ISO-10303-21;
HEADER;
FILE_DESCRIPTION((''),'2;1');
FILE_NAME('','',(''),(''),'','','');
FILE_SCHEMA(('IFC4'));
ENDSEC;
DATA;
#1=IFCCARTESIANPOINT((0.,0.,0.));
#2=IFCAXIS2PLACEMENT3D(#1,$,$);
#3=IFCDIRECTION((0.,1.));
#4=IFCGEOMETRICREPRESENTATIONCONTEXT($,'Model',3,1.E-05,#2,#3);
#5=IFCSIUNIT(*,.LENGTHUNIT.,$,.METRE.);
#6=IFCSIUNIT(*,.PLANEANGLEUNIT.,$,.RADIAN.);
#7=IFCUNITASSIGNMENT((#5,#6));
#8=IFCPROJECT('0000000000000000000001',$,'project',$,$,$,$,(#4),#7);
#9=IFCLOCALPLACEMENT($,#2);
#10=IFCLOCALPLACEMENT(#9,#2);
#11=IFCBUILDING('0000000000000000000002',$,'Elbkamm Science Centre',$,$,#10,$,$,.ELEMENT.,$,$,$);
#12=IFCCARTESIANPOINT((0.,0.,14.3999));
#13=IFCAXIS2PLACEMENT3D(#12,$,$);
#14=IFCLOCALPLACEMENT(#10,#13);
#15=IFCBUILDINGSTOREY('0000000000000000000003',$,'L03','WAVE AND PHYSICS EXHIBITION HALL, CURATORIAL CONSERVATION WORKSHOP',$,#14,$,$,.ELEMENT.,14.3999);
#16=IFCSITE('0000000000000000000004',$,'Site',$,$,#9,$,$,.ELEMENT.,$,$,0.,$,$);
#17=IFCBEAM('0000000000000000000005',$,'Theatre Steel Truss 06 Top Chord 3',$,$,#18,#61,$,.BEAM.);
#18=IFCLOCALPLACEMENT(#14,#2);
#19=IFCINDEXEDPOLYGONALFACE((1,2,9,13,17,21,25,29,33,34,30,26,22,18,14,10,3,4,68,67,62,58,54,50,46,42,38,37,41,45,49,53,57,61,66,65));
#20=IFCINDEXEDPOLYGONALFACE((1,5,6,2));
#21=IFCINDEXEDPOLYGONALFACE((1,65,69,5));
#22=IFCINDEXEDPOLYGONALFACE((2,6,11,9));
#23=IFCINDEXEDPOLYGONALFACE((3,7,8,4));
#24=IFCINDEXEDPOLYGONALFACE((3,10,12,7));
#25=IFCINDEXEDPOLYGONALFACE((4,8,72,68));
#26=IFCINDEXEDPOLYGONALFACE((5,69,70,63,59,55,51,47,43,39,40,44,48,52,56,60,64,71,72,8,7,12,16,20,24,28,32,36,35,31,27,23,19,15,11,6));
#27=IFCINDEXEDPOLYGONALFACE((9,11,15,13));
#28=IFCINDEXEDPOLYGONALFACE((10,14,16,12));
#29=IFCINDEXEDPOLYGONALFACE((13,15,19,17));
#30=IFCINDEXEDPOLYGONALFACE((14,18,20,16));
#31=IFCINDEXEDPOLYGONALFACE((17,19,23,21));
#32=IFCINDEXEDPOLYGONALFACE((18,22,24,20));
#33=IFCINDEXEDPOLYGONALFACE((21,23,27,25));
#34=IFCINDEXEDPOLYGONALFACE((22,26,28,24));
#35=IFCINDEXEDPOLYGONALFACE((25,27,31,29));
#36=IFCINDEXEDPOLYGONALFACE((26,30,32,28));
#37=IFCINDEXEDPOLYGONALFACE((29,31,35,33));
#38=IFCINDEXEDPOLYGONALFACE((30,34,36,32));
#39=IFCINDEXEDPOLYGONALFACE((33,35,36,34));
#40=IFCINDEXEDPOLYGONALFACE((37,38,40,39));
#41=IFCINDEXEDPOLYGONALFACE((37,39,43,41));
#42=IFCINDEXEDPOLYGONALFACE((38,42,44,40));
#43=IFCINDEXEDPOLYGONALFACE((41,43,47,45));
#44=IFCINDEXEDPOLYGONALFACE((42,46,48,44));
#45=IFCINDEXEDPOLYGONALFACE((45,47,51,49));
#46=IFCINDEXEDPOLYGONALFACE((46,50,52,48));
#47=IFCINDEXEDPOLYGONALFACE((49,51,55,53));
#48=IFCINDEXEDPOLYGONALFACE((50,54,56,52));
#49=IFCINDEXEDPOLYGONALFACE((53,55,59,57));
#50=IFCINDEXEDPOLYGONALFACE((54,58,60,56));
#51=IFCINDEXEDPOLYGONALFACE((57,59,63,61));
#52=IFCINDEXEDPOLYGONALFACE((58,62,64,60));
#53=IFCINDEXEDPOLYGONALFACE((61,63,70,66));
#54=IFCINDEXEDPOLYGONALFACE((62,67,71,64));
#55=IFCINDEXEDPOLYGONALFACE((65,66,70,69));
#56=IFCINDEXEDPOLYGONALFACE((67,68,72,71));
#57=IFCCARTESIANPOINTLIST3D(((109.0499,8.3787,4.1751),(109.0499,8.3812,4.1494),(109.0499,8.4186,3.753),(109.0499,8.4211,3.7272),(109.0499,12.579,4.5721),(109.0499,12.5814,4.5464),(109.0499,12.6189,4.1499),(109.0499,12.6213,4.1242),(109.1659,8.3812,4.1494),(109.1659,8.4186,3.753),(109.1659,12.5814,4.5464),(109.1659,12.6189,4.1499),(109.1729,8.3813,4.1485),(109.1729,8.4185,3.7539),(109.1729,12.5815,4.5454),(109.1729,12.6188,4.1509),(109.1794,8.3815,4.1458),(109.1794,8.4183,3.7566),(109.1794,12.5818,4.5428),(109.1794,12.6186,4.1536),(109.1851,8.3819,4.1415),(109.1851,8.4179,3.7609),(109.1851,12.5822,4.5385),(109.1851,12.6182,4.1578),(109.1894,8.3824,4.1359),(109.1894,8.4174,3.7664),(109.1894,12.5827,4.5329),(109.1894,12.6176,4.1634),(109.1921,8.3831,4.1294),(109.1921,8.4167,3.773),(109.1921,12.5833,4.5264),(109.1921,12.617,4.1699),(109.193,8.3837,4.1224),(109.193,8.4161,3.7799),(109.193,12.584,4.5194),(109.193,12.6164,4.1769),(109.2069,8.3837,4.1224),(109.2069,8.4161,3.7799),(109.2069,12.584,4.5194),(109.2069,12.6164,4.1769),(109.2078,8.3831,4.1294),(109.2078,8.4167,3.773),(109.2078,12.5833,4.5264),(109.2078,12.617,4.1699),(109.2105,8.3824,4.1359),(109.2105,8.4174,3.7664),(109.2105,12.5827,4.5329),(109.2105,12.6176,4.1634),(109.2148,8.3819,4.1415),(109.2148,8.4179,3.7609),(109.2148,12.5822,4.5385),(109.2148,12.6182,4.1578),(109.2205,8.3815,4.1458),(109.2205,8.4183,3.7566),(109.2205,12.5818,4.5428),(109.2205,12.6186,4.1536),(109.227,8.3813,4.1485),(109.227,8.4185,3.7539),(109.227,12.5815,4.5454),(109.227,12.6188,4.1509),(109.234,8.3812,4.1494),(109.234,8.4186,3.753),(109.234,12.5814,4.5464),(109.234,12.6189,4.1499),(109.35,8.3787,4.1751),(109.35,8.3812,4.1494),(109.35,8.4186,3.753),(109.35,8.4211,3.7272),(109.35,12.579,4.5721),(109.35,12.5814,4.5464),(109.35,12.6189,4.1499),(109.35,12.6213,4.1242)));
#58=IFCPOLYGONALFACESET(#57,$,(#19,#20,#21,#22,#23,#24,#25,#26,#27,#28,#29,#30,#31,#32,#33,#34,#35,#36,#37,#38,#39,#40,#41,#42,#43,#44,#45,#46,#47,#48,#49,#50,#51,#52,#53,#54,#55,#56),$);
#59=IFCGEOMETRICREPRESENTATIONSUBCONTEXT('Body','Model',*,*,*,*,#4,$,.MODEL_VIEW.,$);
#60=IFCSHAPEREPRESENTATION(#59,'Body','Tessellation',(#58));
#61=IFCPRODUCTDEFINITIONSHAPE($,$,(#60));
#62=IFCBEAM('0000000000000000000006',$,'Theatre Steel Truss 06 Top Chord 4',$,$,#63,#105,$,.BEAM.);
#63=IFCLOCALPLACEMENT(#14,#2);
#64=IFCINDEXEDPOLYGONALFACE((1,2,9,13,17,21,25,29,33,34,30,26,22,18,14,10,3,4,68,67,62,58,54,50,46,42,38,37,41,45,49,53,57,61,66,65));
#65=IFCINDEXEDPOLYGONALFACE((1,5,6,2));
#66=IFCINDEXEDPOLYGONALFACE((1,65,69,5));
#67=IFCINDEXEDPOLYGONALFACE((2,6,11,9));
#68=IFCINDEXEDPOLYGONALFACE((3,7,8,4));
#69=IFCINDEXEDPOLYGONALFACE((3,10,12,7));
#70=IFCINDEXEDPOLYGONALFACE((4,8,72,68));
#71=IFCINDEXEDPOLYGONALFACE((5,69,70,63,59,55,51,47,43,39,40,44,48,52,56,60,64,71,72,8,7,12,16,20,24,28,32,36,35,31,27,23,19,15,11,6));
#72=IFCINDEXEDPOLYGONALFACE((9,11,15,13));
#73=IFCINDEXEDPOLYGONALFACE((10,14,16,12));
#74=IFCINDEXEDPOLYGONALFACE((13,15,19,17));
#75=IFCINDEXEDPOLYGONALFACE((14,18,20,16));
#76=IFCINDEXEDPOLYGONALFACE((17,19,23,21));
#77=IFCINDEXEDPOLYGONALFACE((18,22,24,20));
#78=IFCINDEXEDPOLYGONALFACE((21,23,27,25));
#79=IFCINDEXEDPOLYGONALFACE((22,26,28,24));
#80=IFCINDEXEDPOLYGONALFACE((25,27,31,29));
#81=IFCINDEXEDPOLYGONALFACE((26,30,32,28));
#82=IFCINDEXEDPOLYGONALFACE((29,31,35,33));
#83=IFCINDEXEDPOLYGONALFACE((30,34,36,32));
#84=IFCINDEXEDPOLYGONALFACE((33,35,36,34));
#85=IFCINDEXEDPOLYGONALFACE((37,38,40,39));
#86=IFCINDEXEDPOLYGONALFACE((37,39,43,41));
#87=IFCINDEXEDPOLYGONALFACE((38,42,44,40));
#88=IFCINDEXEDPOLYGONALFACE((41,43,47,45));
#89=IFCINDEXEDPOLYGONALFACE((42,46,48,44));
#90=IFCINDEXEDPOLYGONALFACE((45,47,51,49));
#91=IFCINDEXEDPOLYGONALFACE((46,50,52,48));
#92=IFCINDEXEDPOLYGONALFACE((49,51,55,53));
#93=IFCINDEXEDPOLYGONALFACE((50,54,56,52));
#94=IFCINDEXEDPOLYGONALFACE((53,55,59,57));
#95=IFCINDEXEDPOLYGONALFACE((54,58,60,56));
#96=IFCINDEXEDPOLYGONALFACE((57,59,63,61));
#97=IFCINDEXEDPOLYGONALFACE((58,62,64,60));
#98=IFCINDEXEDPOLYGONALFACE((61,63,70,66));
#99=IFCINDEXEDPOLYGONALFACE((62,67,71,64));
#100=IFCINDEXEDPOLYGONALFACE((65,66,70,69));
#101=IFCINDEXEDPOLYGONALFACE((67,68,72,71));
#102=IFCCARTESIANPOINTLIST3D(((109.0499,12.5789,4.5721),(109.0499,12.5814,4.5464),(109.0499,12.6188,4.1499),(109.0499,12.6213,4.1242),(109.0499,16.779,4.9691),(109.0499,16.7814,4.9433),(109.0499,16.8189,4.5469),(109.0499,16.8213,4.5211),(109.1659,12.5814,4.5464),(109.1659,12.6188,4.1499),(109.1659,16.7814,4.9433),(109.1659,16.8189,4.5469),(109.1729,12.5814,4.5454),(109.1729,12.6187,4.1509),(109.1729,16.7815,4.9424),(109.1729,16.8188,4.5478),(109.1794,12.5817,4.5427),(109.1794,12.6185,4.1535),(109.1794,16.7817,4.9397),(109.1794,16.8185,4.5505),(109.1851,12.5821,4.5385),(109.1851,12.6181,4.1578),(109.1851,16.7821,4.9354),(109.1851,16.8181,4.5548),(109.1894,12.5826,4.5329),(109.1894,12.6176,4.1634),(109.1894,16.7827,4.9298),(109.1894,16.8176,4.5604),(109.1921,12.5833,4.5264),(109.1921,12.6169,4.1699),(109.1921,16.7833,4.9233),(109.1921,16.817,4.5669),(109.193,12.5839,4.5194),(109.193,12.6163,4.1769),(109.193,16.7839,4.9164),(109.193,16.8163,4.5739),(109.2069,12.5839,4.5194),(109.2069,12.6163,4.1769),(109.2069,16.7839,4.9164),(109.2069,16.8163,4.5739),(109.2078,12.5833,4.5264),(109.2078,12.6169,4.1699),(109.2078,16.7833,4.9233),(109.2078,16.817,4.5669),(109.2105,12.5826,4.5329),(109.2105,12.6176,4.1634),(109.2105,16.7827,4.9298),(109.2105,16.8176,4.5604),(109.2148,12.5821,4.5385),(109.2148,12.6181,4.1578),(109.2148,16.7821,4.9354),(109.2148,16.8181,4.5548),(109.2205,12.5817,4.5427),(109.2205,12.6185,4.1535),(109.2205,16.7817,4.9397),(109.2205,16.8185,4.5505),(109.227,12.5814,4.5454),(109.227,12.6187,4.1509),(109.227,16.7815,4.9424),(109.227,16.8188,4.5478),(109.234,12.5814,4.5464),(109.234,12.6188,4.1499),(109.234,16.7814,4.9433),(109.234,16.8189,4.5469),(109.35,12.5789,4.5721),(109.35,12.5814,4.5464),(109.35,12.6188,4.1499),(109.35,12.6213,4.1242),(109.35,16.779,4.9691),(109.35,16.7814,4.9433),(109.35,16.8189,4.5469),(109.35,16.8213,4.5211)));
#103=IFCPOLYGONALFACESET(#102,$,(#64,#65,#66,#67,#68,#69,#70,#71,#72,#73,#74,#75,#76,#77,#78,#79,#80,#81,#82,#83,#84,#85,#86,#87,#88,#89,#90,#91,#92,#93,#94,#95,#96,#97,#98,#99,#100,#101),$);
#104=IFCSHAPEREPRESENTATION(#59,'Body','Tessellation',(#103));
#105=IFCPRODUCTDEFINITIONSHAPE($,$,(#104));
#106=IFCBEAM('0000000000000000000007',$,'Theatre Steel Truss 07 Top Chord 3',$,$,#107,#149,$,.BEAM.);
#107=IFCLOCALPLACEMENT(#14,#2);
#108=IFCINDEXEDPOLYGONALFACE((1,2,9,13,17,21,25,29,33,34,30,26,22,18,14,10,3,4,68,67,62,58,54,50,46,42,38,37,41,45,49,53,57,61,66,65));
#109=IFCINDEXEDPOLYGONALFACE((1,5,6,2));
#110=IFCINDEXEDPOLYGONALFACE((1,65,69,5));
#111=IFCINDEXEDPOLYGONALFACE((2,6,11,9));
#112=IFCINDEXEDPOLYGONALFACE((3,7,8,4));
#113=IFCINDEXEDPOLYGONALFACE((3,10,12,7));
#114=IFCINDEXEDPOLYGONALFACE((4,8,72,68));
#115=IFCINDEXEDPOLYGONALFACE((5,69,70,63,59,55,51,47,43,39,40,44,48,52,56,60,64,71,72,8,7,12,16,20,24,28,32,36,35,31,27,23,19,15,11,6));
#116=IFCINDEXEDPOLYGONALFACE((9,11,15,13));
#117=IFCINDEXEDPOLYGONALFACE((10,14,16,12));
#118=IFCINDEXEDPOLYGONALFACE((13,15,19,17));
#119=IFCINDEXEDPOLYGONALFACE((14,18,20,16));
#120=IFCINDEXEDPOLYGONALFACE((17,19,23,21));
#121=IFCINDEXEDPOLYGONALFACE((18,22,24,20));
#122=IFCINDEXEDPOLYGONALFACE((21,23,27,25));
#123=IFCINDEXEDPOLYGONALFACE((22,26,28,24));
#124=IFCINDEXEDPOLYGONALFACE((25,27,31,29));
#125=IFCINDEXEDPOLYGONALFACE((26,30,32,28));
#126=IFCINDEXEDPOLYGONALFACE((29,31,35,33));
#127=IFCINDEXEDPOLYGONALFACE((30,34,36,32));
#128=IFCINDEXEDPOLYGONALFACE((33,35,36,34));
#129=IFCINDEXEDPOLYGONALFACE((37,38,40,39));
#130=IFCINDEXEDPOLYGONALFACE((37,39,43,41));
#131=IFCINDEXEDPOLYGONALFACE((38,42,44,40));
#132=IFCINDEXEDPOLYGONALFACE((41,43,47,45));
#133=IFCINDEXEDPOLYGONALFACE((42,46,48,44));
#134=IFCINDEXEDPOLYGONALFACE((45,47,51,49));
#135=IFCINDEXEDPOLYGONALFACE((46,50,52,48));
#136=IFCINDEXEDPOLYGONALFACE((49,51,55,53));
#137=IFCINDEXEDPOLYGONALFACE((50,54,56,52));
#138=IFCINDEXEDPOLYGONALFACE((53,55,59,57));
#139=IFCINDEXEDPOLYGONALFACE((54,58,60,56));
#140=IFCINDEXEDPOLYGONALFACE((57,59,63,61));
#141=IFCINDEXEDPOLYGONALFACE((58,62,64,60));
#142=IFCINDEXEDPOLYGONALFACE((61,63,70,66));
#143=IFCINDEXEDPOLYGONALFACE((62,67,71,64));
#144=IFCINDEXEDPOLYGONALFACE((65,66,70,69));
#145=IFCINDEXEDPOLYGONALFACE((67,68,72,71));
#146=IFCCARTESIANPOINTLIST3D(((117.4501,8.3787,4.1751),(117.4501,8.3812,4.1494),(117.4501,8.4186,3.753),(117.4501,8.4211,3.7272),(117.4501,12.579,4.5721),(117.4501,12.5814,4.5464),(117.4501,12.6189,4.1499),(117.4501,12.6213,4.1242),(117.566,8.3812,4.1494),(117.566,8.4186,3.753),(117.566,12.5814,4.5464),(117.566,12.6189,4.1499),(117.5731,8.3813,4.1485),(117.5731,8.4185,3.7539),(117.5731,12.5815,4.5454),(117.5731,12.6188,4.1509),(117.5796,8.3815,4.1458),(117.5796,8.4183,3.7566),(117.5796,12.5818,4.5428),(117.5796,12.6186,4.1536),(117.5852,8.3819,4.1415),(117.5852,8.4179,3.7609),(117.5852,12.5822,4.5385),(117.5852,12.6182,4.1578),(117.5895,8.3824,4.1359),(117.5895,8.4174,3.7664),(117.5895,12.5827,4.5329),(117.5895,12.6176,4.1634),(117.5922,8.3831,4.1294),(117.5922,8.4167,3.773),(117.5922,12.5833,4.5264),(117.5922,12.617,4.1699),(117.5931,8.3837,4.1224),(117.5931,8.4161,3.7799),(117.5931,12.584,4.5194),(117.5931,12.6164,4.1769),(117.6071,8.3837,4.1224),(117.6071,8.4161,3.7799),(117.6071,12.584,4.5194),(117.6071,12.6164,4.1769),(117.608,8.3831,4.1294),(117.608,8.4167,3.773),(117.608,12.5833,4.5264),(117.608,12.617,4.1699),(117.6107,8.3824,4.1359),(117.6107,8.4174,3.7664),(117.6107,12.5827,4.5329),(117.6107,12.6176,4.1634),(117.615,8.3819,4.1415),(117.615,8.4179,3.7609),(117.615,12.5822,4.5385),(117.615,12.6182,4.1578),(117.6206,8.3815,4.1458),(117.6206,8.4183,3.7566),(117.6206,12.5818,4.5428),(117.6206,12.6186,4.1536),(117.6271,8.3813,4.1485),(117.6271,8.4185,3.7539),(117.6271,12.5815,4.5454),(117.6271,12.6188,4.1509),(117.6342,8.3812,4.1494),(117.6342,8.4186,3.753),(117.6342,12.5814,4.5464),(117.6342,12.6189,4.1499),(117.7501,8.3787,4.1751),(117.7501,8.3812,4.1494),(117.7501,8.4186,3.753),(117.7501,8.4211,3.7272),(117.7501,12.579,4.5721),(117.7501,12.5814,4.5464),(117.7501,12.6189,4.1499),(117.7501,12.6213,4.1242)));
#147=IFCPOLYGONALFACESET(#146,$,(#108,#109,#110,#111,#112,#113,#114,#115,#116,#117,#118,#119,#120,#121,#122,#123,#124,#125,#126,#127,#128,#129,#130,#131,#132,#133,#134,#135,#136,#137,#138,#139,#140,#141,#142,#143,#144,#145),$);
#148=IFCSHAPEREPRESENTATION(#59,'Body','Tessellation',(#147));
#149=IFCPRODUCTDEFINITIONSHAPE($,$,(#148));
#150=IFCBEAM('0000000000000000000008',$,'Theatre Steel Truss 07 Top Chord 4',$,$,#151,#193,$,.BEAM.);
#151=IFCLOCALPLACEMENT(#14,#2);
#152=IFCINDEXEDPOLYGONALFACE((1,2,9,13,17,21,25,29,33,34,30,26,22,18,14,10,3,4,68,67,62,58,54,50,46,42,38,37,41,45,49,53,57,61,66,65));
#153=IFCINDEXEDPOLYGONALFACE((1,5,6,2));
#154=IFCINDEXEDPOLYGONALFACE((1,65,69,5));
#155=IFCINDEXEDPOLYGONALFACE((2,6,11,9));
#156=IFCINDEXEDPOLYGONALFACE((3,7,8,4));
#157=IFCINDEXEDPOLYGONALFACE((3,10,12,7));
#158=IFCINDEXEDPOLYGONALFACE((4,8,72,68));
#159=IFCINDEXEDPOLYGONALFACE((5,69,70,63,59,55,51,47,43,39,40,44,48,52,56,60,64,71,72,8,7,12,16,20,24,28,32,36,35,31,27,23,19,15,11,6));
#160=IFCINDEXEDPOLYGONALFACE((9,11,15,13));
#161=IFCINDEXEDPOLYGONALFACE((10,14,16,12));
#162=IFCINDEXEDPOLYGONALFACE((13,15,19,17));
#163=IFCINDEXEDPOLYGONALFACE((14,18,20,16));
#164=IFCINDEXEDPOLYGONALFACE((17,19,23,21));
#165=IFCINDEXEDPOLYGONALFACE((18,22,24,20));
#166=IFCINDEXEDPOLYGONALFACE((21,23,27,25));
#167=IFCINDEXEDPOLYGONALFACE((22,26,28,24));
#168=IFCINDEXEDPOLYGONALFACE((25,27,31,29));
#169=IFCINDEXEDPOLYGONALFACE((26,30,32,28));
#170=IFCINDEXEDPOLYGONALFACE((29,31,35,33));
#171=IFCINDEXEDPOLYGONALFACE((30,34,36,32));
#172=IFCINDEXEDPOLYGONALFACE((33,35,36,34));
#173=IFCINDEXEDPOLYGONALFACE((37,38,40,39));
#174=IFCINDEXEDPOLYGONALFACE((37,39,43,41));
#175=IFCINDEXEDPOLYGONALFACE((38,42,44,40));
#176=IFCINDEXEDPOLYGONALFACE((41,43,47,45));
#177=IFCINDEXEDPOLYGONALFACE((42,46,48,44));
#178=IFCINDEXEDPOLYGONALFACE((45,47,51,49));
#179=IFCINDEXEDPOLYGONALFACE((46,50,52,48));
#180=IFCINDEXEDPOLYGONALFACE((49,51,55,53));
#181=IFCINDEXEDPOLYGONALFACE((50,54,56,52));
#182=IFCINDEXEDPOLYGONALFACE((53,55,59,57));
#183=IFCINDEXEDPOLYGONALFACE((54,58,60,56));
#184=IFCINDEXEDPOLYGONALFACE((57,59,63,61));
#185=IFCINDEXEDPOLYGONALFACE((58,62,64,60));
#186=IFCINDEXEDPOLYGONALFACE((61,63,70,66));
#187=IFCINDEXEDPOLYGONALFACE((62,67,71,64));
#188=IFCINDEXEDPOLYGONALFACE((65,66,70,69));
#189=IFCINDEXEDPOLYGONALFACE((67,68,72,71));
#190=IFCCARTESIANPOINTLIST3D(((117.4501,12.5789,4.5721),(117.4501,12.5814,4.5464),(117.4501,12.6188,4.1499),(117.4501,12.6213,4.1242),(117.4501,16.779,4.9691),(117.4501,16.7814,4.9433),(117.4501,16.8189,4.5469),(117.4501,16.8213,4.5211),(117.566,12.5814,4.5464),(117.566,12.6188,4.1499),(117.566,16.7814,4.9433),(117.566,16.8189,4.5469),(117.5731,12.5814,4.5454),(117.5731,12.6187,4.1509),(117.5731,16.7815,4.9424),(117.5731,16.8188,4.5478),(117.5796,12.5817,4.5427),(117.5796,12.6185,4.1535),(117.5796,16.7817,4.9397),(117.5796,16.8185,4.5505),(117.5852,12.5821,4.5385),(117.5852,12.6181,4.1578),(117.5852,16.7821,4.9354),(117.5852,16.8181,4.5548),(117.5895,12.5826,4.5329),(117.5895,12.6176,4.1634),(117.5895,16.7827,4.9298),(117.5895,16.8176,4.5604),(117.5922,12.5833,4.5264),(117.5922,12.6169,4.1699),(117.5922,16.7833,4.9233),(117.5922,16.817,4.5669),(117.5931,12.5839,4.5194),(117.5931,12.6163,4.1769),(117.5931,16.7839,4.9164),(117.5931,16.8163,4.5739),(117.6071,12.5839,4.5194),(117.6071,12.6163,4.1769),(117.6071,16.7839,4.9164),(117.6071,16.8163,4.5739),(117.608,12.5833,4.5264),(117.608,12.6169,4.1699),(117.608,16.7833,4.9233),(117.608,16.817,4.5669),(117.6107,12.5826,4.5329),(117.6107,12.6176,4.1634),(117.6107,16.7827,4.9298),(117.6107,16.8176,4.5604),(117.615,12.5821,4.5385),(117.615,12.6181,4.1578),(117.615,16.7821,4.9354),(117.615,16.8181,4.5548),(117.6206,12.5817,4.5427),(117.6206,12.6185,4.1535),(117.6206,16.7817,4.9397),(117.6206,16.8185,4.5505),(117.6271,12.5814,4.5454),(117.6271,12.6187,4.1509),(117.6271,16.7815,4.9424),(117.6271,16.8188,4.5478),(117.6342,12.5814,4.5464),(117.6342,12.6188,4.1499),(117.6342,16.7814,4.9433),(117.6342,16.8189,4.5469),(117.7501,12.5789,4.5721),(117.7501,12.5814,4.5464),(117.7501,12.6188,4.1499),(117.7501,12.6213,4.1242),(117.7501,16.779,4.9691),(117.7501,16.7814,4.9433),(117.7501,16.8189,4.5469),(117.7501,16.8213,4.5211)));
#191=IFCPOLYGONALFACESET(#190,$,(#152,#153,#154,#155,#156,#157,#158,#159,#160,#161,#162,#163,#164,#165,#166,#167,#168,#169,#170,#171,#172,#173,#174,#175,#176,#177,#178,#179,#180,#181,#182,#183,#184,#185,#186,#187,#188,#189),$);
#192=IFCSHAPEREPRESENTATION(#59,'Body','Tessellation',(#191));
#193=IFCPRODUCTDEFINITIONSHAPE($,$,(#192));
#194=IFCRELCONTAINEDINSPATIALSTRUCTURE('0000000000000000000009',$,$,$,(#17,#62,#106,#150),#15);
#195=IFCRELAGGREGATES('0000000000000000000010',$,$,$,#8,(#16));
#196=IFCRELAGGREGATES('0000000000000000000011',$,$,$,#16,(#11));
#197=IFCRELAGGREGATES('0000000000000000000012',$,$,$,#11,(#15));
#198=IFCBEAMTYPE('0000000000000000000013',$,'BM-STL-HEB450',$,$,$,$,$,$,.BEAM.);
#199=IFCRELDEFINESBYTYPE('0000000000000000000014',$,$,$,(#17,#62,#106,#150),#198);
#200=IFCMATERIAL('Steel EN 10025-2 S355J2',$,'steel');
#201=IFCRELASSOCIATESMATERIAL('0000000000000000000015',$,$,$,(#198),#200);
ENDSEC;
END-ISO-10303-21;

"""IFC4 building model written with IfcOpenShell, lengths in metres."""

from ifc_helpers import new_model, si_unit, direction, frame, origin, origin_2d, place, context, subcontext, project, spatial, i_section, extrude, material, material_profile, profile_set, type_object, element, save


model = new_model("IFC4")

# Units and contexts
model_context = context("Model", 3, precision=1e-05, world=origin(), true_north=direction((0.0, 1.0)))
body_context = subcontext(model_context, "Body", "Model", "MODEL_VIEW")
ifc_project = project(units=[si_unit("LENGTHUNIT", "METRE"), si_unit("PLANEANGLEUNIT", "RADIAN")], contexts=[model_context])

# Site, building, storey
site_placement = place(None, origin())
site = spatial("IfcSite", under=ifc_project, at=site_placement, Name="Site", CompositionType="ELEMENT", RefElevation=0.0)
building_placement = place(site_placement, origin())
building = spatial("IfcBuilding", under=site, at=building_placement, Name="Elbkamm Science Centre", CompositionType="ELEMENT")
storey_placement = place(building_placement, frame((0.0, 0.0, 14.3999)))
storey = spatial("IfcBuildingStorey", under=building, at=storey_placement, Name="L03", Description="WAVE AND PHYSICS EXHIBITION HALL, CURATORIAL CONSERVATION WORKSHOP", CompositionType="ELEMENT", Elevation=14.3999)

# Beams
ifc_material = material(Name="Steel EN 10025-2 S355J2", Category="steel")
ifc_material_profile_1 = material_profile(ifc_material, i_section(OverallWidth=0.3, OverallDepth=0.45, WebThickness=0.0139, FlangeThickness=0.0259, FilletRadius=0.0271, at=origin_2d()), Name="HEB 450")
ifc_profile_set_1 = profile_set([ifc_material_profile_1], Name="Steel EN 10025-2 S355J2")
beam_type = type_object("IfcBeamType", Name="BM-STL-HEB450", PredefinedType="BEAM", material=ifc_profile_set_1)
beam_1_placement = place(storey_placement, frame((109.2, 8.3999, 3.9512), z_axis=(0.0, 0.995563, 0.094094), x_axis=(-1.0, 0.0, 0.0)))
element("IfcBeam", 1, at=beam_1_placement, inside=storey, type_object=beam_type, Name="Theatre Steel Truss 06 Top Chord 3", PredefinedType="BEAM", context=body_context, shape_type="SweptSolid", body=[
    extrude(i_section(OverallWidth=0.3, OverallDepth=0.45, WebThickness=0.0139, FlangeThickness=0.0259, FilletRadius=0.0271, at=origin_2d()), origin(), (0.0, 0.0, 1.0), 4.219),
])
beam_2_placement = place(storey_placement, frame((109.2, 12.6001, 4.3481), z_axis=(0.0, 0.995563, 0.094099), x_axis=(-1.0, 0.0, 0.0)))
element("IfcBeam", 2, at=beam_2_placement, inside=storey, type_object=beam_type, Name="Theatre Steel Truss 06 Top Chord 4", PredefinedType="BEAM", context=body_context, shape_type="SweptSolid", body=[
    extrude(i_section(OverallWidth=0.3, OverallDepth=0.45, WebThickness=0.0139, FlangeThickness=0.0259, FilletRadius=0.0271, at=origin_2d()), origin(), (0.0, 0.0, 1.0), 4.2188),
])
beam_3_placement = place(storey_placement, frame((117.6001, 8.3999, 3.9512), z_axis=(0.0, 0.995563, 0.094094), x_axis=(-1.0, 0.0, 0.0)))
element("IfcBeam", 3, at=beam_3_placement, inside=storey, type_object=beam_type, Name="Theatre Steel Truss 07 Top Chord 3", PredefinedType="BEAM", context=body_context, shape_type="SweptSolid", body=[
    extrude(i_section(OverallWidth=0.3, OverallDepth=0.45, WebThickness=0.0139, FlangeThickness=0.0259, FilletRadius=0.0271, at=origin_2d()), origin(), (0.0, 0.0, 1.0), 4.219),
])
beam_4_placement = place(storey_placement, frame((117.6001, 12.6001, 4.3481), z_axis=(0.0, 0.995563, 0.094099), x_axis=(-1.0, 0.0, 0.0)))
element("IfcBeam", 4, at=beam_4_placement, inside=storey, type_object=beam_type, Name="Theatre Steel Truss 07 Top Chord 4", PredefinedType="BEAM", context=body_context, shape_type="SweptSolid", body=[
    extrude(i_section(OverallWidth=0.3, OverallDepth=0.45, WebThickness=0.0139, FlangeThickness=0.0259, FilletRadius=0.0271, at=origin_2d()), origin(), (0.0, 0.0, 1.0), 4.2188),
])

save(model, "model.ifc")
